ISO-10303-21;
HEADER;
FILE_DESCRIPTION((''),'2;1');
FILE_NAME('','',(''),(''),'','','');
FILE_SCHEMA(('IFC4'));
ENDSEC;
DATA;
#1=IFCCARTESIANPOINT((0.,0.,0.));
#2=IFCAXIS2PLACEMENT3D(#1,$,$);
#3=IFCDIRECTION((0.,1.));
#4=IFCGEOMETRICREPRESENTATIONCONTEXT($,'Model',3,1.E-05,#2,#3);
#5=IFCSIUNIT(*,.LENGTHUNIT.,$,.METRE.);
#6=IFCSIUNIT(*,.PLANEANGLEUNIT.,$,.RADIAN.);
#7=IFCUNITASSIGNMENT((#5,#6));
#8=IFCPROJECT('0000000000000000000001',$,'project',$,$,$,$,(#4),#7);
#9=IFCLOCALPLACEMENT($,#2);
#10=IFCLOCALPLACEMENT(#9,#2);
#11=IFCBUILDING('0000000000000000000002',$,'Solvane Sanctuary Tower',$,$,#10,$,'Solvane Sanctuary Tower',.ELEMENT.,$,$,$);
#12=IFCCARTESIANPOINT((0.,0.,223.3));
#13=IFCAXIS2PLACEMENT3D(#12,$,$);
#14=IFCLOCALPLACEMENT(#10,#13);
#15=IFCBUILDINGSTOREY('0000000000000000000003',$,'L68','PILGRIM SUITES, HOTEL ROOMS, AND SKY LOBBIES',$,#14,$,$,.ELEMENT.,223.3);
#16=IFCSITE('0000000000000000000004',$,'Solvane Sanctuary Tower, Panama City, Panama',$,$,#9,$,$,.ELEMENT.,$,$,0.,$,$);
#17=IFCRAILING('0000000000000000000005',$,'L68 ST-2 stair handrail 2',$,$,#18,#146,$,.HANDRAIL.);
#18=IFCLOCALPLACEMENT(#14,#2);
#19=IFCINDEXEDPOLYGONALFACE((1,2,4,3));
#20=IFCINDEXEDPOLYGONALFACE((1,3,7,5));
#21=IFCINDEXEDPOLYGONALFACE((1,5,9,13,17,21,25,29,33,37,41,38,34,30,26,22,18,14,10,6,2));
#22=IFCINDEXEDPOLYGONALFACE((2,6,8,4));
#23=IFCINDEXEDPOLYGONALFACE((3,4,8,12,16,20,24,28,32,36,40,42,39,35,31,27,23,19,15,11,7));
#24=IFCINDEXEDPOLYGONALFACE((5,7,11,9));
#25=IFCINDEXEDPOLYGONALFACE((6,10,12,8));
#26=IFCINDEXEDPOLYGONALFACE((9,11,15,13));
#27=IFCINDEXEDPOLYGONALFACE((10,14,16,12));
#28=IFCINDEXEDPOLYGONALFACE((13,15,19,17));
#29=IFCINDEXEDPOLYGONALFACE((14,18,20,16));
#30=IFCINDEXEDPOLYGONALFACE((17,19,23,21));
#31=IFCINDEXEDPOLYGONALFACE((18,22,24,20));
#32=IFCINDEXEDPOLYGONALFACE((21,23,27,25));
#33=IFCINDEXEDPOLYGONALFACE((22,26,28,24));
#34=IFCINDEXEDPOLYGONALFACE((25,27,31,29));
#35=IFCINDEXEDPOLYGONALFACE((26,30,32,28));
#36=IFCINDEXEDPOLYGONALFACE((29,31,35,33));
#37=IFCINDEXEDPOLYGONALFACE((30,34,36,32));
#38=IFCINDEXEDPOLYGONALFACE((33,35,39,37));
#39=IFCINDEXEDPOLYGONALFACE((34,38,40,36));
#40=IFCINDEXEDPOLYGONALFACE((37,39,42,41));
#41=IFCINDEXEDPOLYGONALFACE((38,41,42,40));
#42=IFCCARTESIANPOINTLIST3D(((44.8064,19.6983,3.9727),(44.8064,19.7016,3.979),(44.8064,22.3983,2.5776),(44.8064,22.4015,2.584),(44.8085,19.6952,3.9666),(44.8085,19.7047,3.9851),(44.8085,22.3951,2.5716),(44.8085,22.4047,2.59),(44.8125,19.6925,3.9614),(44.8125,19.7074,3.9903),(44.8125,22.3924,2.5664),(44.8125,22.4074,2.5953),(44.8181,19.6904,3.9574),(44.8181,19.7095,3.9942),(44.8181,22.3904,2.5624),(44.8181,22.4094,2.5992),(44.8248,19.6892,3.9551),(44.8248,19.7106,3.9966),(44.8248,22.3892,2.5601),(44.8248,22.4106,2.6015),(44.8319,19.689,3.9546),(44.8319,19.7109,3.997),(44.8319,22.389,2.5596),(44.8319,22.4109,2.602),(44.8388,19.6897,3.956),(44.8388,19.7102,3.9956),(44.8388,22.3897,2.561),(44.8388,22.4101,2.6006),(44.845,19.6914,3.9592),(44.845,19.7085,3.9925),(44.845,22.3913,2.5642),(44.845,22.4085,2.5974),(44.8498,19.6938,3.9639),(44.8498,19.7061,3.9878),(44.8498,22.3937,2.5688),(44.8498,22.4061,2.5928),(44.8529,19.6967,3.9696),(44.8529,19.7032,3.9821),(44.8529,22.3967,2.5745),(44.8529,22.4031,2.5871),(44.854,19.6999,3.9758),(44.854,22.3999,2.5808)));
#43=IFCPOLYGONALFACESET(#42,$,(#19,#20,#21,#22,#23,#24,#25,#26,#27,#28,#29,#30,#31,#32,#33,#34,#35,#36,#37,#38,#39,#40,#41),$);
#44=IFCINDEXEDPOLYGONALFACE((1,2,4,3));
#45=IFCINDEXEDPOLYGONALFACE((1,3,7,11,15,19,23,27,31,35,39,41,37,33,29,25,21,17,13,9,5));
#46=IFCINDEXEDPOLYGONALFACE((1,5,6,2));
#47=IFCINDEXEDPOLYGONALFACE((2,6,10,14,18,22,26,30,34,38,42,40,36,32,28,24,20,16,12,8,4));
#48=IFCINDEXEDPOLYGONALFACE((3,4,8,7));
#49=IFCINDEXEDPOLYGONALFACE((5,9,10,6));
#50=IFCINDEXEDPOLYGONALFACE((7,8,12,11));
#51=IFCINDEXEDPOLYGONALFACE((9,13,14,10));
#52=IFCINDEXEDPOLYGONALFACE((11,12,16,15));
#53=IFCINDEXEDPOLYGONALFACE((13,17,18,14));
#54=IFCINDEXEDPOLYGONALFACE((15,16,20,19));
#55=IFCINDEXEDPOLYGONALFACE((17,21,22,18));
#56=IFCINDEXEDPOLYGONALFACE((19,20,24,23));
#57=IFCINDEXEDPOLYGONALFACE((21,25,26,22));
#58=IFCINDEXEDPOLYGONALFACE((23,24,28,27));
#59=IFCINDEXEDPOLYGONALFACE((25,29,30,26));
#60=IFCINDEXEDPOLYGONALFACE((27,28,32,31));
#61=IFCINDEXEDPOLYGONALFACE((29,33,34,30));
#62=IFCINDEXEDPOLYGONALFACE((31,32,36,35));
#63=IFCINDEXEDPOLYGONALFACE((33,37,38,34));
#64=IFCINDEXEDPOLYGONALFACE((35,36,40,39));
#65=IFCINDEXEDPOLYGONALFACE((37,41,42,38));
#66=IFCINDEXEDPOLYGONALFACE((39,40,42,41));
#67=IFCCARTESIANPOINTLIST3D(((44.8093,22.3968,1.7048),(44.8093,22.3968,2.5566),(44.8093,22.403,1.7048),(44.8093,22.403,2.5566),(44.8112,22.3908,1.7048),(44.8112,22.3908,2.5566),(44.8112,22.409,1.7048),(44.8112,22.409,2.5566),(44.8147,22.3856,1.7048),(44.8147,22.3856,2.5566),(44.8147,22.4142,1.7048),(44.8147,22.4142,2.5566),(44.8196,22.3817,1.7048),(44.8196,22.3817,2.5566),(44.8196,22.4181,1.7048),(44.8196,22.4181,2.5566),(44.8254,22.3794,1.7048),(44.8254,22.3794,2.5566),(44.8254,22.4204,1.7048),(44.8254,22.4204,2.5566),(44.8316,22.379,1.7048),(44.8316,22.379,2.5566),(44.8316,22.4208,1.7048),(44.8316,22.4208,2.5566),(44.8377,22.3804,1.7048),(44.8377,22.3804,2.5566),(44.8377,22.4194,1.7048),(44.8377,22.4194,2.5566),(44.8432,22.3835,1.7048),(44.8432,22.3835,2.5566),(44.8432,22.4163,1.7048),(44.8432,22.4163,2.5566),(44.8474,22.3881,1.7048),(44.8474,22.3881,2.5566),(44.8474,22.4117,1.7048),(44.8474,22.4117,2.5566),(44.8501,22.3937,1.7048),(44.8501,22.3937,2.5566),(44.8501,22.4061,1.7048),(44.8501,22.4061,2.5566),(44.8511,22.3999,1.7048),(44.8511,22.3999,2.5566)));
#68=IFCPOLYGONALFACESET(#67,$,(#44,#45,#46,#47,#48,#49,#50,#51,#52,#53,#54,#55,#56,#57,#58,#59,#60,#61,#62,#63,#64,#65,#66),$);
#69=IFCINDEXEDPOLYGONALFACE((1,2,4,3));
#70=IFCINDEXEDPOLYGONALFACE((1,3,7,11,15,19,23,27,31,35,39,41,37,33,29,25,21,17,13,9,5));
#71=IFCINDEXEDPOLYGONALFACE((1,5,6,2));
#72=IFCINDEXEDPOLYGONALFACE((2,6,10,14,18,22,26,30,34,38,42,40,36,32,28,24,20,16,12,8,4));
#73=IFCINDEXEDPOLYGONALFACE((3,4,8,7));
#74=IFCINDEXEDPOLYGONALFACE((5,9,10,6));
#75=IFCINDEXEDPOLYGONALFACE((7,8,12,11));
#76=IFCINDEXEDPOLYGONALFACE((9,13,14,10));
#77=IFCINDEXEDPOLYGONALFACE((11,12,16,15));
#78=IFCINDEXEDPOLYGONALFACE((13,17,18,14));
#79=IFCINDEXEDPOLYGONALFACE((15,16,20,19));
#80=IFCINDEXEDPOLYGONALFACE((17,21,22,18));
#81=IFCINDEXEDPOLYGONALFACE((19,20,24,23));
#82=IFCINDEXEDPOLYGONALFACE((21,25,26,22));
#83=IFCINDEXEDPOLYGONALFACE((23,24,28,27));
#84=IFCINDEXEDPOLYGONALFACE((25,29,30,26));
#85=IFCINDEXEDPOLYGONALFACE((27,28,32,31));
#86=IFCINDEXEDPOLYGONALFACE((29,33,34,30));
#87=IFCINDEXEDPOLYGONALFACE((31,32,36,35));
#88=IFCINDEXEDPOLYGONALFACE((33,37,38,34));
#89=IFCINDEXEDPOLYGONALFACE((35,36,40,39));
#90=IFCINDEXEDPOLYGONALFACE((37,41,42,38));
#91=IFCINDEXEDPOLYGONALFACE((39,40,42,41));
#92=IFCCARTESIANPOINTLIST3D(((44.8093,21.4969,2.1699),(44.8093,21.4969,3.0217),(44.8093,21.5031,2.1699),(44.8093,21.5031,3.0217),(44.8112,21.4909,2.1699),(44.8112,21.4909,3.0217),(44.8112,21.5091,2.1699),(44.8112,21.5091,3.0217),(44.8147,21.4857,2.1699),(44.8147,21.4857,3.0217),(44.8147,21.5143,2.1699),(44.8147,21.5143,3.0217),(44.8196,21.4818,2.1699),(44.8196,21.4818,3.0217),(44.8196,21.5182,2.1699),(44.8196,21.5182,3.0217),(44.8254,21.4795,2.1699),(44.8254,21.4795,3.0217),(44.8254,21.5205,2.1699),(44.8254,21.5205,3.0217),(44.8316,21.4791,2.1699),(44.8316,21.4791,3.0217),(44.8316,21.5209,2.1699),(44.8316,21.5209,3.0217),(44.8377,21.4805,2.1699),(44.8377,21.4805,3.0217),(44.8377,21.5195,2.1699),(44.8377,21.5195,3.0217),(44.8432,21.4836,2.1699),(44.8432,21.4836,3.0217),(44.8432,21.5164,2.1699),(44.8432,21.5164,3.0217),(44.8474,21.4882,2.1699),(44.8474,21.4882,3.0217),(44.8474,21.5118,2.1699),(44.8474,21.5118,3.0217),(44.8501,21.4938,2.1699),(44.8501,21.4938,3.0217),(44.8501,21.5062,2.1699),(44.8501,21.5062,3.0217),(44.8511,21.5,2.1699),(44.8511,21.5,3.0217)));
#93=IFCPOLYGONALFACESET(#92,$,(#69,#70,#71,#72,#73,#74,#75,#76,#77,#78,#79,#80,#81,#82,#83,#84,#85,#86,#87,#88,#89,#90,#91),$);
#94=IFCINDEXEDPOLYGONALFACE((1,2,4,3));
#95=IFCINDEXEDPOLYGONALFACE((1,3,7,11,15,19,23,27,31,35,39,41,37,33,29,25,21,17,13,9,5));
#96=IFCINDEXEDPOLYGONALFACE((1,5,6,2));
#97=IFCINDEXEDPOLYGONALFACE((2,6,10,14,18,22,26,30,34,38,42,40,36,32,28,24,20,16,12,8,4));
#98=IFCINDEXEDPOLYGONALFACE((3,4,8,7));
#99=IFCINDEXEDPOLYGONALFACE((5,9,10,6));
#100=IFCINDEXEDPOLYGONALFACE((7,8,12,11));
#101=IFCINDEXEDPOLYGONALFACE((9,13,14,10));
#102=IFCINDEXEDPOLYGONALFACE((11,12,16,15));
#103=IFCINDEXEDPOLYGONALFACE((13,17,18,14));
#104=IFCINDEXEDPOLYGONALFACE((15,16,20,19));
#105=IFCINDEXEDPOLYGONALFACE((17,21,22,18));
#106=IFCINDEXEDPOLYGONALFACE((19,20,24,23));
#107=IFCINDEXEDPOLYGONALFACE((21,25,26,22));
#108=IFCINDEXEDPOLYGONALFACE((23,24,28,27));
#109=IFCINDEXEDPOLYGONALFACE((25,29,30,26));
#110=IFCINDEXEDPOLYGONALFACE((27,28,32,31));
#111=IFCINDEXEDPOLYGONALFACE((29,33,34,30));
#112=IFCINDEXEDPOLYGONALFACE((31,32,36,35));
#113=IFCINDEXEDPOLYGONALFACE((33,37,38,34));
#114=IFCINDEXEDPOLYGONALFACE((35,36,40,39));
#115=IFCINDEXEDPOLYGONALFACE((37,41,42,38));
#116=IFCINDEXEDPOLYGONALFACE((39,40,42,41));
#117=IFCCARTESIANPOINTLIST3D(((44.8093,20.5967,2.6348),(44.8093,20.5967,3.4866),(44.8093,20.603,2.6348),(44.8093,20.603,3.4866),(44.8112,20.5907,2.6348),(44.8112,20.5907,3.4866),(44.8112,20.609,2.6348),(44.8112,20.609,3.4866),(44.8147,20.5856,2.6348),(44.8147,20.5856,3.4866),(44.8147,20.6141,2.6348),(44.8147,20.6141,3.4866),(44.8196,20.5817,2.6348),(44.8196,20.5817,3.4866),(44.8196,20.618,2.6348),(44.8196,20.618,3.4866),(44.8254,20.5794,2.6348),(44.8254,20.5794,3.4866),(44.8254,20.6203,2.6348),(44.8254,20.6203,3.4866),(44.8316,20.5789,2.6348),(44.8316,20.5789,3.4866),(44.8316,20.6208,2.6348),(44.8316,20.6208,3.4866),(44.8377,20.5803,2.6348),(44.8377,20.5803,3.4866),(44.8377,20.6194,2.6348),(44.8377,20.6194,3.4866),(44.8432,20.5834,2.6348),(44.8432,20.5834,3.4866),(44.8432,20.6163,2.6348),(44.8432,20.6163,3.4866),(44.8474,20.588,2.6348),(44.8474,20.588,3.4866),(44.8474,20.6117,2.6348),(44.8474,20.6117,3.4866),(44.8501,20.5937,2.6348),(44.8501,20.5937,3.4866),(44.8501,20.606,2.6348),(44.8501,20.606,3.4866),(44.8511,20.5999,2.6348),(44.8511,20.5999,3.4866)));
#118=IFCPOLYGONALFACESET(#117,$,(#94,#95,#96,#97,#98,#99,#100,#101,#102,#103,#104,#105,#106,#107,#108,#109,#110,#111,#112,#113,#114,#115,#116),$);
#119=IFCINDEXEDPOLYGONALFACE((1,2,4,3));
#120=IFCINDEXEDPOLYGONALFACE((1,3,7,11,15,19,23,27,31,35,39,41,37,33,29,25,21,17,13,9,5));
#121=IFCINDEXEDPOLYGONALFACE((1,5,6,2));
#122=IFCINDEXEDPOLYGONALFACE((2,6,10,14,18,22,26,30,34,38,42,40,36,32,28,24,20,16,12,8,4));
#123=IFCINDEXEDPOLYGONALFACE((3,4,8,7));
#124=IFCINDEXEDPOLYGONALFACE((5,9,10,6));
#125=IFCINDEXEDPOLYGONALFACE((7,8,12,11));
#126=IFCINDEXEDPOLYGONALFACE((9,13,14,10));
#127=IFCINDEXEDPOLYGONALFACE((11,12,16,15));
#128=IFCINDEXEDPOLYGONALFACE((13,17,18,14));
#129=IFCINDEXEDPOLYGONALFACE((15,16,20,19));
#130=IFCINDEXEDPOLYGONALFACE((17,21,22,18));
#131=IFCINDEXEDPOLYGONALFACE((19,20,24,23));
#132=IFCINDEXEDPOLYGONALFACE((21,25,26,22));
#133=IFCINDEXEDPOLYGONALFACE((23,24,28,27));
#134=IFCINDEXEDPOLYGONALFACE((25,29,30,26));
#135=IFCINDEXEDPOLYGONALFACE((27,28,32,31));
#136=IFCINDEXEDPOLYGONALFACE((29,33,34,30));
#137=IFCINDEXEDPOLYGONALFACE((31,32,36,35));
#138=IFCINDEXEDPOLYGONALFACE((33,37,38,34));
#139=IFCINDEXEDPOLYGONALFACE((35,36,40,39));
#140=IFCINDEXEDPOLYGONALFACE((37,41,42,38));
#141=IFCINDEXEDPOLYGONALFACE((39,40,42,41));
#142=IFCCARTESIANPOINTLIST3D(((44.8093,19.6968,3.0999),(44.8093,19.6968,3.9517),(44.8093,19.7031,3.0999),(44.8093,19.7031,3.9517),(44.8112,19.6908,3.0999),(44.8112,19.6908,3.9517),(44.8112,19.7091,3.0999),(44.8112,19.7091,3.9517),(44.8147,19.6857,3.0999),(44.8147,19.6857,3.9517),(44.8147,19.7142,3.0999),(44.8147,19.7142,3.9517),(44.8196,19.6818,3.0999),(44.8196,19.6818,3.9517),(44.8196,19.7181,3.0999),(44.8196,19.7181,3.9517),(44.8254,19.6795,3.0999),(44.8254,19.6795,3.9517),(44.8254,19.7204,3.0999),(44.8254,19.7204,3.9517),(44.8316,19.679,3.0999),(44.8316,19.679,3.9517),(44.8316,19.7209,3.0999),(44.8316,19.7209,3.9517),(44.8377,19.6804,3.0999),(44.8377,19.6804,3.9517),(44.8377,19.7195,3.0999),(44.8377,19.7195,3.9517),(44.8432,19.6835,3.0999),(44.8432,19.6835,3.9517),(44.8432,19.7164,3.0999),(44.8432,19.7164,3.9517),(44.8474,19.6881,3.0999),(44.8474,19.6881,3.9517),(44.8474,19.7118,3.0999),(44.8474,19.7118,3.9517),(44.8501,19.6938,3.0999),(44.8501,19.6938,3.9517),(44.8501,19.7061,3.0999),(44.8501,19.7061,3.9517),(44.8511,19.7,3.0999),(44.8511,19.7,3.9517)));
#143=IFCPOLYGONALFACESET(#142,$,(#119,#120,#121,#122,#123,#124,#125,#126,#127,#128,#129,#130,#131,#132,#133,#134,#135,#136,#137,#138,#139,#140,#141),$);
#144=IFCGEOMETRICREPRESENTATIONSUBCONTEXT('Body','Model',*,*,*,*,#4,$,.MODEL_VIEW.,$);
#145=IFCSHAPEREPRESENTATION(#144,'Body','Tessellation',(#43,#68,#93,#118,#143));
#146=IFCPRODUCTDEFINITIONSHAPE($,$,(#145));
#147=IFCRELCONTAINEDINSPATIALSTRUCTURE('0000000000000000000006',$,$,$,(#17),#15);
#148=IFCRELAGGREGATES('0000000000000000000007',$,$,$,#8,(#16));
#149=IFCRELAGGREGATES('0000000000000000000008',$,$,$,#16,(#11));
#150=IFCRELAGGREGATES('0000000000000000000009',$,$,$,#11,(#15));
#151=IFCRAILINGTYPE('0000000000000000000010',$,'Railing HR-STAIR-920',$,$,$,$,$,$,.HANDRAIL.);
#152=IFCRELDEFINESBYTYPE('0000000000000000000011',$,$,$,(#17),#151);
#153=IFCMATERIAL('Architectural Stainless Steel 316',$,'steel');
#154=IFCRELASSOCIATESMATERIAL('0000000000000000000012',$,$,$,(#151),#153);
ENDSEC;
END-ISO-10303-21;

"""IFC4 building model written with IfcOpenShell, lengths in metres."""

from ifc_helpers import new_model, si_unit, direction, frame, origin, origin_2d, place, context, subcontext, project, spatial, circle, extrude, material, type_object, element, save


model = new_model("IFC4")

# Units and contexts
model_context = context("Model", 3, precision=1e-05, world=origin(), true_north=direction((0.0, 1.0)))
body_context = subcontext(model_context, "Body", "Model", "MODEL_VIEW")
ifc_project = project(units=[si_unit("LENGTHUNIT", "METRE"), si_unit("PLANEANGLEUNIT", "RADIAN")], contexts=[model_context])

# Site, building, storey
site_placement = place(None, origin())
site = spatial("IfcSite", under=ifc_project, at=site_placement, Name="Solvane Sanctuary Tower, Panama City, Panama", CompositionType="ELEMENT", RefElevation=0.0)
building_placement = place(site_placement, origin())
building = spatial("IfcBuilding", under=site, at=building_placement, Name="Solvane Sanctuary Tower", LongName="Solvane Sanctuary Tower", CompositionType="ELEMENT")
storey_placement = place(building_placement, frame((0.0, 0.0, 223.3)))
storey = spatial("IfcBuildingStorey", under=building, at=storey_placement, Name="L68", Description="PILGRIM SUITES, HOTEL ROOMS, AND SKY LOBBIES", CompositionType="ELEMENT", Elevation=223.3)

# Shared definitions
ifc_material_1 = material(Name="Architectural Stainless Steel 316", Category="steel")

# Railing
railing_type_1 = type_object("IfcRailingType", Name="Railing HR-STAIR-920", PredefinedType="HANDRAIL", material=ifc_material_1)
railing_1_placement = place(storey_placement, frame((44.8301, 22.3999, 1.7048)))
element("IfcRailing", 1, at=railing_1_placement, inside=storey, type_object=railing_type_1, Name="L68 ST-2 stair handrail 2", PredefinedType="HANDRAIL", context=body_context, shape_type="SweptSolid", body=[
    extrude(circle(Radius=0.0239, at=origin_2d()), frame((0.0, 0.0, 0.876), z_axis=(0.0, -0.88842, 0.459032), x_axis=(1.0, 0.0, 0.0)), (0.0, 0.0, 1.0), 3.0391),
    extrude(circle(Radius=0.021, at=origin_2d()), origin(), (0.0, 0.0, 1.0), 0.8518),
    extrude(circle(Radius=0.021, at=origin_2d()), frame((0.0, -0.8999, 0.4651)), (0.0, 0.0, 1.0), 0.8518),
    extrude(circle(Radius=0.021, at=origin_2d()), frame((0.0, -1.8, 0.9299)), (0.0, 0.0, 1.0), 0.8518),
    extrude(circle(Radius=0.021, at=origin_2d()), frame((0.0, -2.7, 1.395)), (0.0, 0.0, 1.0), 0.8518),
])

save(model, "model.ifc")
